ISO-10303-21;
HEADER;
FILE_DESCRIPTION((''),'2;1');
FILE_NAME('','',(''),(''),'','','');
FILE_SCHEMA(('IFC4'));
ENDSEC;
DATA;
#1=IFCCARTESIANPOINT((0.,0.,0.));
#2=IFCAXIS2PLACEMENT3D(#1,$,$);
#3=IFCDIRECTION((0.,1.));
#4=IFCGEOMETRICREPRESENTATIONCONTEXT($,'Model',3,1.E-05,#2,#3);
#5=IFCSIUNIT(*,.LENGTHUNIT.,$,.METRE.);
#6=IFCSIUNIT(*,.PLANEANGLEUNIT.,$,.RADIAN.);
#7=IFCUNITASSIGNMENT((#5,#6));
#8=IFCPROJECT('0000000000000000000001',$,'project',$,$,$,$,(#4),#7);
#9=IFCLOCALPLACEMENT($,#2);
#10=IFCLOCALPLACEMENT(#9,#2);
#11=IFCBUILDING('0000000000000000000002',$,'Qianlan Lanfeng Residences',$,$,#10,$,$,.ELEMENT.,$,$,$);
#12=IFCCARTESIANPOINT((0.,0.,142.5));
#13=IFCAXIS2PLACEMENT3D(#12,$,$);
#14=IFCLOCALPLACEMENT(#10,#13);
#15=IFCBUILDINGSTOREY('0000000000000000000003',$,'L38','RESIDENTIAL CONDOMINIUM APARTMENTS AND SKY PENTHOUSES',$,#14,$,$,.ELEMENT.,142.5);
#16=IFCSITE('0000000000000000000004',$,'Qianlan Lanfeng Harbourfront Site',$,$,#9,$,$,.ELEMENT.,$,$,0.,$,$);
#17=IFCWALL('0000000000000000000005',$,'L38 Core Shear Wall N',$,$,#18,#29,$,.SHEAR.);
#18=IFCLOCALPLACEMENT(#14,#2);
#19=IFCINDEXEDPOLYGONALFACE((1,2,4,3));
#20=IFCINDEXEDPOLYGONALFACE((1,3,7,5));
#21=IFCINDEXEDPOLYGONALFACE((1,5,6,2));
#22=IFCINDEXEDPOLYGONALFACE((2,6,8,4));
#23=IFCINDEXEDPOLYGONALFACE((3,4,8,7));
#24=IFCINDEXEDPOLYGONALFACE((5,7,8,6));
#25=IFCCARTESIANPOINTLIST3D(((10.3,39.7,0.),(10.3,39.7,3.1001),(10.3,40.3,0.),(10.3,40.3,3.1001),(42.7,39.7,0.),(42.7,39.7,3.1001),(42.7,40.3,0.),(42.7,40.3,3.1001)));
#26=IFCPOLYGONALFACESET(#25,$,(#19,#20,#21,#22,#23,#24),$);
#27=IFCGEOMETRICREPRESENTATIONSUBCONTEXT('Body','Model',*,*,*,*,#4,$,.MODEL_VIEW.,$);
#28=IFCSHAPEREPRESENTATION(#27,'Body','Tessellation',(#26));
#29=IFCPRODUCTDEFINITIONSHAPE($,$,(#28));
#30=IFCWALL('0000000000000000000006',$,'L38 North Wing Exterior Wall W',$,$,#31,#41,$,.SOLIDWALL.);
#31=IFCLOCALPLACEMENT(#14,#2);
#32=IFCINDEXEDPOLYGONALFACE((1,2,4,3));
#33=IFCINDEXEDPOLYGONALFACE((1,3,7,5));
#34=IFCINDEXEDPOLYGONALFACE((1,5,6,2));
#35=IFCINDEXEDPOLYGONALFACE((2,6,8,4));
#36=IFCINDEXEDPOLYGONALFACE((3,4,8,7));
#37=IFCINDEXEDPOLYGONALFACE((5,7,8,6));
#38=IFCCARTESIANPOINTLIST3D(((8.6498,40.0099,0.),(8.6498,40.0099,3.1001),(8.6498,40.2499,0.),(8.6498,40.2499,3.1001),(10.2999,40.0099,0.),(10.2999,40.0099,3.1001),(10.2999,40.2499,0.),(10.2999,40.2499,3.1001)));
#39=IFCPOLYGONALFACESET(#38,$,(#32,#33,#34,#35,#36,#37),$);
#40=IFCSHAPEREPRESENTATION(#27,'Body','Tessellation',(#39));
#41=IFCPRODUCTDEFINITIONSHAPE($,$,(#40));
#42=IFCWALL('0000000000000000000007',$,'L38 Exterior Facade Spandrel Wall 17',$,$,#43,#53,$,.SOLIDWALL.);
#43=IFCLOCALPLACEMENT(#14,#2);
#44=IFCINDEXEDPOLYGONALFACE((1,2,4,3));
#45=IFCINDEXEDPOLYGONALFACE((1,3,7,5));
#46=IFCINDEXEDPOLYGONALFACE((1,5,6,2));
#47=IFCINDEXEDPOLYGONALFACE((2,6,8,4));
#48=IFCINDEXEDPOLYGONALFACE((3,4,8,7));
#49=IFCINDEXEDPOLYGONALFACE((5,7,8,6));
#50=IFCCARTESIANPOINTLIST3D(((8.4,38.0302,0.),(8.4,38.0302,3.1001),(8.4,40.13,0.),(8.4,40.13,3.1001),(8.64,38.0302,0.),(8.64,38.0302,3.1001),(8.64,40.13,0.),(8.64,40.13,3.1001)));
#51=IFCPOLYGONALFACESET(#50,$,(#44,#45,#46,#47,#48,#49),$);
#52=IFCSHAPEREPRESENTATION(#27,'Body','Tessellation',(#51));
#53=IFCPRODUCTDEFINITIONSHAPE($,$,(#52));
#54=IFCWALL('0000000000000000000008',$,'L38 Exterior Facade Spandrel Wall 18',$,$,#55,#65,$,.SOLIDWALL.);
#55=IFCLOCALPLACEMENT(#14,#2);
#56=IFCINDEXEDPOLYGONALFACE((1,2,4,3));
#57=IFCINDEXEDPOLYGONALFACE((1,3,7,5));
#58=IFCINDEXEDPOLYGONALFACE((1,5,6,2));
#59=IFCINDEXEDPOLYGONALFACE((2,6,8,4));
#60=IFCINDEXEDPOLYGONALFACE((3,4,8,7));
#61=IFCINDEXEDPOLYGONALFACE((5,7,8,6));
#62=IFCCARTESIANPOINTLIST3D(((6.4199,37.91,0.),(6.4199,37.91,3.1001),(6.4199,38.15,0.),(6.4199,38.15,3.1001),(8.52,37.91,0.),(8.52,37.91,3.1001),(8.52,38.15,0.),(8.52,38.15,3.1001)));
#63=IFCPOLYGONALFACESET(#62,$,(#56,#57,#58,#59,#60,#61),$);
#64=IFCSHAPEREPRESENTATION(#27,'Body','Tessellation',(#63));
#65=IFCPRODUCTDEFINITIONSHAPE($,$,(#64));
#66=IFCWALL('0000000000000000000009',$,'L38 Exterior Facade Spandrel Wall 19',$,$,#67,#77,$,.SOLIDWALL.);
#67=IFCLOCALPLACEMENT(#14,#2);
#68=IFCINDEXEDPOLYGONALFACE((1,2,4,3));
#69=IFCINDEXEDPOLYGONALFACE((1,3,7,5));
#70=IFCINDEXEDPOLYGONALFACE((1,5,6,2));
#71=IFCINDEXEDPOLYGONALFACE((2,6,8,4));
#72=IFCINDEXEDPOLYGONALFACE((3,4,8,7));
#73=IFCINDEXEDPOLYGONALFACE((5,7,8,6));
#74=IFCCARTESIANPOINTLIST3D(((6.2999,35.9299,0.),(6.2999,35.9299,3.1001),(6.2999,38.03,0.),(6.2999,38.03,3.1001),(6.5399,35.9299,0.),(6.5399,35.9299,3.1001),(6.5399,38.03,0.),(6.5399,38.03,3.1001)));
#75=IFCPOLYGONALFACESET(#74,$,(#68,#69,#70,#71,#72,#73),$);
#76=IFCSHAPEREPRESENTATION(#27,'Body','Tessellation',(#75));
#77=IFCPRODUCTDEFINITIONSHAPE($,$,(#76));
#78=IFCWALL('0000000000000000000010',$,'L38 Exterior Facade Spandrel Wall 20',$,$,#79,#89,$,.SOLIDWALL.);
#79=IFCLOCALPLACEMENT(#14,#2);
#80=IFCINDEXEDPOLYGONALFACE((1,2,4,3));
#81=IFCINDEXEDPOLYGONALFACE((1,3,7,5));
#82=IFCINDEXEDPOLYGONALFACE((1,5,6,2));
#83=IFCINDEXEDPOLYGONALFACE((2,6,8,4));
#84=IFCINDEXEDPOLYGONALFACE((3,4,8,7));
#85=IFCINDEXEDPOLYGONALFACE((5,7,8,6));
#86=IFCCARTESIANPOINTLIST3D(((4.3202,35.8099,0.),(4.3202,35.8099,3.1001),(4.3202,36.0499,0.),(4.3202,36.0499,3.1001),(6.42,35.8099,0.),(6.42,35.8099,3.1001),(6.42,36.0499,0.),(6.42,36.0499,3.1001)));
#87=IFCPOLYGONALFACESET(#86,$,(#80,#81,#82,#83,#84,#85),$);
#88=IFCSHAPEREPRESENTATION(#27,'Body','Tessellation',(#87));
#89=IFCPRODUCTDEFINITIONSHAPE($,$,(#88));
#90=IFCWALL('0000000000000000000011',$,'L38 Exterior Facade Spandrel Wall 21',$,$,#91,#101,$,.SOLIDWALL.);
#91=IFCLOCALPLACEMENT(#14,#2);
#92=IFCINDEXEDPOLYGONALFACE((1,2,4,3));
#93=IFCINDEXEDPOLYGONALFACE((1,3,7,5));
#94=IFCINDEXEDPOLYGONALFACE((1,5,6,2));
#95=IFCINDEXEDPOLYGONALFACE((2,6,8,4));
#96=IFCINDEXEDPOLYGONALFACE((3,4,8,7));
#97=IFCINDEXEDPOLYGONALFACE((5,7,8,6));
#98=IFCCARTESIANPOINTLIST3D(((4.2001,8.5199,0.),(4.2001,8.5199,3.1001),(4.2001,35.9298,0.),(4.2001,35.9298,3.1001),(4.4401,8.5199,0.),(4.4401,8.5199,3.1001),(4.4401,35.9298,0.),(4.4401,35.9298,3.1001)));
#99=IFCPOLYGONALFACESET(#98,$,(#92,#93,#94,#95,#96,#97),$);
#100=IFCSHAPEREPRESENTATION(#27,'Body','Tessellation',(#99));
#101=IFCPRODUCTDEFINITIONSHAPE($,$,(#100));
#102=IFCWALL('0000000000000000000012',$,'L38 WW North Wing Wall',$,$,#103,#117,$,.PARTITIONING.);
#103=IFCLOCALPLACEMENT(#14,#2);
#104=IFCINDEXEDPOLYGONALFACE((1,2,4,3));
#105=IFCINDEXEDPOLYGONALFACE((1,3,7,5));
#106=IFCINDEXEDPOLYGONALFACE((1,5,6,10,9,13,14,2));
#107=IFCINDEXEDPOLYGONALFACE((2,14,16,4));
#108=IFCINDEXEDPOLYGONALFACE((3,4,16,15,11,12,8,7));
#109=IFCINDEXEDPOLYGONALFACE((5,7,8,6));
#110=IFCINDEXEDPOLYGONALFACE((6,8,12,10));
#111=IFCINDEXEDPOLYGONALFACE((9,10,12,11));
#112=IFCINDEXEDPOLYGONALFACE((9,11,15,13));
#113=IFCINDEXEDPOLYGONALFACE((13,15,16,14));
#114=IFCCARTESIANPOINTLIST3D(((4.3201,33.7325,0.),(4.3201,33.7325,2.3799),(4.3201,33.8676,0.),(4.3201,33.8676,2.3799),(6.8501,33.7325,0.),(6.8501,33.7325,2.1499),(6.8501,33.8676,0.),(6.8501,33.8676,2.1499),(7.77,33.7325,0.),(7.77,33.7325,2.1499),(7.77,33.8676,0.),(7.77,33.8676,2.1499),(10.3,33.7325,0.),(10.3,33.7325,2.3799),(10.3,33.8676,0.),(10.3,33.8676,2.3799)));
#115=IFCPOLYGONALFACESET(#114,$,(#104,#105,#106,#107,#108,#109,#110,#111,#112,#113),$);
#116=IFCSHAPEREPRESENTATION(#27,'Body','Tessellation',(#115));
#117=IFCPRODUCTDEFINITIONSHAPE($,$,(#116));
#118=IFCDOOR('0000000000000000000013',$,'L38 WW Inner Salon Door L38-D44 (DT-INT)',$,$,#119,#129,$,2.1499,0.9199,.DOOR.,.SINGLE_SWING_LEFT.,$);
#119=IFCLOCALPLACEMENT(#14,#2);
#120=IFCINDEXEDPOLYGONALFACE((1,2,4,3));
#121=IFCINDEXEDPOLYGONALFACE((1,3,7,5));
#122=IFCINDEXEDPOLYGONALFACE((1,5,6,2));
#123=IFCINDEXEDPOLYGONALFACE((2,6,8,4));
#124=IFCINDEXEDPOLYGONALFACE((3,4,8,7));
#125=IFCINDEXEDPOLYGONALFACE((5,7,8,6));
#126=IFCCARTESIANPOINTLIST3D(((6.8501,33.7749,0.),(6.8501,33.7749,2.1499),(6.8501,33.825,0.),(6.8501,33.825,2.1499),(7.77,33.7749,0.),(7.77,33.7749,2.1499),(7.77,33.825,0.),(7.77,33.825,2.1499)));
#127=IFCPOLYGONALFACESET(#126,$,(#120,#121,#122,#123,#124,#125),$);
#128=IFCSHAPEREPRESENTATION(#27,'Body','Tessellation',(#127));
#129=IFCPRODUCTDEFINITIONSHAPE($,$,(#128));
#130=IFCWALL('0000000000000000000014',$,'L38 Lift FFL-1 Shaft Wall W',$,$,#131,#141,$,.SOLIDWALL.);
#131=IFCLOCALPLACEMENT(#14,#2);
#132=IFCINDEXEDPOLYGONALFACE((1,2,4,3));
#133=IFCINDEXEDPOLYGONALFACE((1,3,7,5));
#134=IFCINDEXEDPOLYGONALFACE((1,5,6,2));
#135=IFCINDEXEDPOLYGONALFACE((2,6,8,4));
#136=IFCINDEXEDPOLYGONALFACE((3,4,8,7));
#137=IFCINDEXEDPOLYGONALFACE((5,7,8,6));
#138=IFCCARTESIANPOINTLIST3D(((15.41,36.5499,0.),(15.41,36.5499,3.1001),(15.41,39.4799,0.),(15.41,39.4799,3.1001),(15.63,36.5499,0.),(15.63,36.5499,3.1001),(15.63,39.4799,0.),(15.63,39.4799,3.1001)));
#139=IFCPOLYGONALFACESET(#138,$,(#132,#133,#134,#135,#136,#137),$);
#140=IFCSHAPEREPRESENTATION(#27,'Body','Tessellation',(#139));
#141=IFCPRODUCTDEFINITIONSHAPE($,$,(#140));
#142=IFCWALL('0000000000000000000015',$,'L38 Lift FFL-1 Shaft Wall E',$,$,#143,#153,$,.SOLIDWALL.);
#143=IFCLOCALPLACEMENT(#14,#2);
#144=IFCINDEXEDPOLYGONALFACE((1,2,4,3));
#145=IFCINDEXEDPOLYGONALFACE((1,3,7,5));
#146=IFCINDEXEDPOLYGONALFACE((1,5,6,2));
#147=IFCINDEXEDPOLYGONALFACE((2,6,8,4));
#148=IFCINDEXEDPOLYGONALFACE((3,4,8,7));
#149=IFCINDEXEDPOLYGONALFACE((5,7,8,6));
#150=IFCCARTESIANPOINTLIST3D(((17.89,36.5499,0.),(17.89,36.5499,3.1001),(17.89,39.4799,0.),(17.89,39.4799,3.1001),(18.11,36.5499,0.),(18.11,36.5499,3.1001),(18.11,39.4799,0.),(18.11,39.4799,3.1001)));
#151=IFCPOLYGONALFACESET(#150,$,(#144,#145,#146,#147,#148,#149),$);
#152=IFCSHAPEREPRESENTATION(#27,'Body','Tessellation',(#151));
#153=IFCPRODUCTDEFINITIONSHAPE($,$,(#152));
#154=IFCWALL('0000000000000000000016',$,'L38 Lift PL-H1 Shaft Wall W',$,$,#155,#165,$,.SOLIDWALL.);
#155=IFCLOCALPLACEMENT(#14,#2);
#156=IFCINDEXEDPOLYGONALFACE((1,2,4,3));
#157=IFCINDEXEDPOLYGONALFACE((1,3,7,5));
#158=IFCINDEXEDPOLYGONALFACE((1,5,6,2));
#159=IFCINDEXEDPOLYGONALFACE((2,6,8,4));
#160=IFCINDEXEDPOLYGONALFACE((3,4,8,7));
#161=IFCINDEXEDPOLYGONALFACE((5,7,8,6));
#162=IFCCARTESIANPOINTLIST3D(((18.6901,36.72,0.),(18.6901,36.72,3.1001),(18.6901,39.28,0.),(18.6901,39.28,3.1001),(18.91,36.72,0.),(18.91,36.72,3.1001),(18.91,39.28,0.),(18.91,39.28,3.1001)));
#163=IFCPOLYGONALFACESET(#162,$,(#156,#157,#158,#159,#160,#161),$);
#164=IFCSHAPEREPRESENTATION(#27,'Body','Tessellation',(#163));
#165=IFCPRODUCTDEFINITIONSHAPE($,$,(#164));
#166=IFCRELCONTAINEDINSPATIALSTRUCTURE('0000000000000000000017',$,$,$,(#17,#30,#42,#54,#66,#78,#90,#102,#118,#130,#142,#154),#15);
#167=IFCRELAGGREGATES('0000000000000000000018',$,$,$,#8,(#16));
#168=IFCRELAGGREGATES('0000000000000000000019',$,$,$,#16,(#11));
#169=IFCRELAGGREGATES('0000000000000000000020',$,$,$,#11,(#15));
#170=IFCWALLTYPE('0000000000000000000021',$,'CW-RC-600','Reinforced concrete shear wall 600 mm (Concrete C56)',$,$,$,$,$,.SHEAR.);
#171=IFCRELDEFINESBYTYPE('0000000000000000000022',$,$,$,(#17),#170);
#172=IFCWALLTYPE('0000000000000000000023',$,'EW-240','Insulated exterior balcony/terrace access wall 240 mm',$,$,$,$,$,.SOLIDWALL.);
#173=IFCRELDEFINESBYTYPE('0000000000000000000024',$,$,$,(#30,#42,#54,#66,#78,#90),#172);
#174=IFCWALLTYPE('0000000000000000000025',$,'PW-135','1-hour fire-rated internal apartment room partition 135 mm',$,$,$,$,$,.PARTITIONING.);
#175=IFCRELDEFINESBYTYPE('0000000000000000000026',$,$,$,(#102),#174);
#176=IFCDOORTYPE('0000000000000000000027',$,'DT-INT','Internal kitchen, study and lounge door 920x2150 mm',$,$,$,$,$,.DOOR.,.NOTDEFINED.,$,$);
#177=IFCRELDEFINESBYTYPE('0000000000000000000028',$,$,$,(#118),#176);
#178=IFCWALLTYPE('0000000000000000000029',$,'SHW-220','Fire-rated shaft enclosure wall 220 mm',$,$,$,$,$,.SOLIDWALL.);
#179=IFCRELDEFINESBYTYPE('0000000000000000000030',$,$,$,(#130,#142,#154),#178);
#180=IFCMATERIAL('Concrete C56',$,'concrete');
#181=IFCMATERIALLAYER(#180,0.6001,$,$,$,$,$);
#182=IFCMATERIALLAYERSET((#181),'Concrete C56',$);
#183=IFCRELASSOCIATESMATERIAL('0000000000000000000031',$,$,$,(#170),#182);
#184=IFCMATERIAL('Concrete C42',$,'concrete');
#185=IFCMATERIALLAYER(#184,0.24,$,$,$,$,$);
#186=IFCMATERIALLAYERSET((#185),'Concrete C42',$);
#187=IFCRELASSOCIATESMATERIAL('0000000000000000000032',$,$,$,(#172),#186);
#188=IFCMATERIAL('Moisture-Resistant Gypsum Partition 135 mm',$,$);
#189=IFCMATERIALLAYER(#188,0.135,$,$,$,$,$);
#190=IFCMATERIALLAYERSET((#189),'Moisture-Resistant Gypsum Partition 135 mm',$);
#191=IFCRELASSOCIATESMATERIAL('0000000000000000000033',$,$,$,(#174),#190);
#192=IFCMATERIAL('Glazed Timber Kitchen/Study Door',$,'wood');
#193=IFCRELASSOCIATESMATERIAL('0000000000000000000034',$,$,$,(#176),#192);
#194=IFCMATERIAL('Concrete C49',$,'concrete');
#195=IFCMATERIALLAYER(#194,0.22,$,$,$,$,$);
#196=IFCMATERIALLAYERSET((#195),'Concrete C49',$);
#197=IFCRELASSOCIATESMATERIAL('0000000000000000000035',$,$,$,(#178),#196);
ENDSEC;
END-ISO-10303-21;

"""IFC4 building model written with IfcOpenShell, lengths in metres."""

from ifc_helpers import new_model, si_unit, direction, frame, frame_2d, origin, place, context, subcontext, project, spatial, rectangle, extrude, material, layer, layer_set, type_object, element, fill, save


model = new_model("IFC4")

# Units and contexts
model_context = context("Model", 3, precision=1e-05, world=origin(), true_north=direction((0.0, 1.0)))
body_context = subcontext(model_context, "Body", "Model", "MODEL_VIEW")
ifc_project = project(units=[si_unit("LENGTHUNIT", "METRE"), si_unit("PLANEANGLEUNIT", "RADIAN")], contexts=[model_context])

# Site, building, storey
site_placement = place(None, origin())
site = spatial("IfcSite", under=ifc_project, at=site_placement, Name="Qianlan Lanfeng Harbourfront Site", CompositionType="ELEMENT", RefElevation=0.0)
building_placement = place(site_placement, origin())
building = spatial("IfcBuilding", under=site, at=building_placement, Name="Qianlan Lanfeng Residences", CompositionType="ELEMENT")
storey_placement = place(building_placement, frame((0.0, 0.0, 142.5)))
storey = spatial("IfcBuildingStorey", under=building, at=storey_placement, Name="L38", Description="RESIDENTIAL CONDOMINIUM APARTMENTS AND SKY PENTHOUSES", CompositionType="ELEMENT", Elevation=142.5)

# Shared definitions
ifc_material_1 = material(Name="Concrete C56", Category="concrete")

# Walls
ifc_layer_1 = layer(ifc_material_1, 0.6001)
ifc_layer_set_1 = layer_set([ifc_layer_1], Name="Concrete C56")
wall_type_1 = type_object("IfcWallType", Name="CW-RC-600", Description="Reinforced concrete shear wall 600 mm (Concrete C56)", PredefinedType="SHEAR", material=ifc_layer_set_1)
wall_1_placement = place(storey_placement, frame((10.3, 40.0, 0.0), z_axis=(0.0, 0.0, 1.0), x_axis=(1.0, 0.0, 0.0)))
element("IfcWall", 1, at=wall_1_placement, inside=storey, type_object=wall_type_1, Name="L38 Core Shear Wall N", PredefinedType="SHEAR", context=body_context, shape_type="SweptSolid", body=[
    extrude(rectangle(XDim=32.3999, YDim=0.6001, at=frame_2d((16.2, 0.0))), origin(), (0.0, 0.0, 1.0), 3.1001),
])
ifc_material_2 = material(Name="Concrete C42", Category="concrete")
ifc_layer_2 = layer(ifc_material_2, 0.24)
ifc_layer_set_2 = layer_set([ifc_layer_2], Name="Concrete C42")
wall_type_2 = type_object("IfcWallType", Name="EW-240", Description="Insulated exterior balcony/terrace access wall 240 mm", PredefinedType="SOLIDWALL", material=ifc_layer_set_2)
wall_2_placement = place(storey_placement, frame((10.3, 40.1299, 0.0), z_axis=(0.0, 0.0, 1.0), x_axis=(-1.0, 0.0, 0.0)))
element("IfcWall", 2, at=wall_2_placement, inside=storey, type_object=wall_type_2, Name="L38 North Wing Exterior Wall W", PredefinedType="SOLIDWALL", context=body_context, shape_type="SweptSolid", body=[
    extrude(rectangle(XDim=1.6501, YDim=0.24, at=frame_2d((0.8252, 0.0))), origin(), (0.0, 0.0, 1.0), 3.1001),
])
wall_3_placement = place(storey_placement, frame((8.52, 40.1299, 0.0), z_axis=(0.0, 0.0, 1.0), x_axis=(0.0, -1.0, 0.0)))
element("IfcWall", 3, at=wall_3_placement, inside=storey, type_object=wall_type_2, Name="L38 Exterior Facade Spandrel Wall 17", PredefinedType="SOLIDWALL", context=body_context, shape_type="SweptSolid", body=[
    extrude(rectangle(XDim=2.0999, YDim=0.24, at=frame_2d((1.0498, 0.0))), origin(), (0.0, 0.0, 1.0), 3.1001),
])
for number, where, z_axis, x_axis, name in (
    (4, (8.52, 38.03, 0.0), (0.0, 0.0, 1.0), (-1.0, 0.0, 0.0), "L38 Exterior Facade Spandrel Wall 18"),
    (5, (6.4199, 38.03, 0.0), (0.0, 0.0, 1.0), (0.0, -1.0, 0.0), "L38 Exterior Facade Spandrel Wall 19"),
):
    element("IfcWall", number, at=place(storey_placement, frame(where, z_axis=z_axis, x_axis=x_axis)), inside=storey, type_object=wall_type_2, Name=name, PredefinedType="SOLIDWALL", context=body_context, shape_type="SweptSolid", body=[
        extrude(rectangle(XDim=2.1001, YDim=0.24, at=frame_2d((1.05, 0.0))), origin(), (0.0, 0.0, 1.0), 3.1001),
    ])
wall_4_placement = place(storey_placement, frame((6.4199, 35.9299, 0.0), z_axis=(0.0, 0.0, 1.0), x_axis=(-1.0, 0.0, 0.0)))
element("IfcWall", 6, at=wall_4_placement, inside=storey, type_object=wall_type_2, Name="L38 Exterior Facade Spandrel Wall 20", PredefinedType="SOLIDWALL", context=body_context, shape_type="SweptSolid", body=[
    extrude(rectangle(XDim=2.0999, YDim=0.24, at=frame_2d((1.0498, 0.0))), origin(), (0.0, 0.0, 1.0), 3.1001),
])
wall_5_placement = place(storey_placement, frame((4.3201, 35.9299, 0.0), z_axis=(0.0, 0.0, 1.0), x_axis=(0.0, -1.0, 0.0)))
element("IfcWall", 7, at=wall_5_placement, inside=storey, type_object=wall_type_2, Name="L38 Exterior Facade Spandrel Wall 21", PredefinedType="SOLIDWALL", context=body_context, shape_type="SweptSolid", body=[
    extrude(rectangle(XDim=27.4099, YDim=0.24, at=frame_2d((13.7051, 0.0))), origin(), (0.0, 0.0, 1.0), 3.1001),
])

# Wall, opening, door
ifc_material_3 = material(Name="Moisture-Resistant Gypsum Partition 135 mm")
ifc_layer_3 = layer(ifc_material_3, 0.135)
ifc_layer_set_3 = layer_set([ifc_layer_3], Name="Moisture-Resistant Gypsum Partition 135 mm")
wall_type_3 = type_object("IfcWallType", Name="PW-135", Description="1-hour fire-rated internal apartment room partition 135 mm", PredefinedType="PARTITIONING", material=ifc_layer_set_3)
wall_6_placement = place(storey_placement, frame((4.3201, 33.8, 0.0), z_axis=(0.0, 0.0, 1.0), x_axis=(1.0, 0.0, 0.0)))
wall_6 = element("IfcWall", 8, at=wall_6_placement, inside=storey, type_object=wall_type_3, Name="L38 WW North Wing Wall", PredefinedType="PARTITIONING", context=body_context, shape_type="SweptSolid", body=[
    extrude(rectangle(XDim=5.98, YDim=0.135, at=frame_2d((2.99, 0.0))), origin(), (0.0, 0.0, 1.0), 2.3799),
])
opening_1_placement = place(wall_6_placement, frame((2.53, 0.0, 0.0)))
opening_1 = element("IfcOpeningElement", 9, at=opening_1_placement, cuts=wall_6, PredefinedType="OPENING", context=body_context, shape_type="SweptSolid", body=[
    extrude(rectangle(XDim=0.9199, YDim=2.1499, at=frame_2d((0.46, 1.075))), frame((0.0, 0.0776, 0.0), z_axis=(0.0, -1.0, 0.0), x_axis=(1.0, 0.0, 0.0)), (0.0, 0.0, 1.0), 0.155),
])
ifc_material_4 = material(Name="Glazed Timber Kitchen/Study Door", Category="wood")
door_type_1 = type_object("IfcDoorType", Name="DT-INT", Description="Internal kitchen, study and lounge door 920x2150 mm", OperationType="NOTDEFINED", PredefinedType="DOOR", material=ifc_material_4)
door_1_placement = place(opening_1_placement, origin())
door_1 = element("IfcDoor", 10, at=door_1_placement, inside=storey, type_object=door_type_1, Name="L38 WW Inner Salon Door L38-D44 (DT-INT)", OperationType="SINGLE_SWING_LEFT", OverallHeight=2.1499, OverallWidth=0.9199, PredefinedType="DOOR", context=body_context, shape_type="SweptSolid", body=[
    extrude(rectangle(XDim=0.9199, YDim=2.1499, at=frame_2d((0.46, 1.075))), frame((0.0, 0.0249, 0.0), z_axis=(0.0, -1.0, 0.0), x_axis=(1.0, 0.0, 0.0)), (0.0, 0.0, 1.0), 0.05),
])
fill(opening_1, door_1)

# Walls
ifc_material_5 = material(Name="Concrete C49", Category="concrete")
ifc_layer_4 = layer(ifc_material_5, 0.22)
ifc_layer_set_4 = layer_set([ifc_layer_4], Name="Concrete C49")
wall_type_4 = type_object("IfcWallType", Name="SHW-220", Description="Fire-rated shaft enclosure wall 220 mm", PredefinedType="SOLIDWALL", material=ifc_layer_set_4)
for number, where, z_axis, x_axis, name in (
    (11, (15.52, 36.55, 0.0), (0.0, 0.0, 1.0), (0.0, 1.0, 0.0), "L38 Lift FFL-1 Shaft Wall W"),
    (12, (18.0, 36.55, 0.0), (0.0, 0.0, 1.0), (0.0, 1.0, 0.0), "L38 Lift FFL-1 Shaft Wall E"),
):
    element("IfcWall", number, at=place(storey_placement, frame(where, z_axis=z_axis, x_axis=x_axis)), inside=storey, type_object=wall_type_4, Name=name, PredefinedType="SOLIDWALL", context=body_context, shape_type="SweptSolid", body=[
        extrude(rectangle(XDim=2.9299, YDim=0.22, at=frame_2d((1.4648, 0.0))), origin(), (0.0, 0.0, 1.0), 3.1001),
    ])
wall_7_placement = place(storey_placement, frame((18.8, 36.72, 0.0), z_axis=(0.0, 0.0, 1.0), x_axis=(0.0, 1.0, 0.0)))
element("IfcWall", 13, at=wall_7_placement, inside=storey, type_object=wall_type_4, Name="L38 Lift PL-H1 Shaft Wall W", PredefinedType="SOLIDWALL", context=body_context, shape_type="SweptSolid", body=[
    extrude(rectangle(XDim=2.5601, YDim=0.22, at=frame_2d((1.28, 0.0))), origin(), (0.0, 0.0, 1.0), 3.1001),
])

save(model, "model.ifc")
